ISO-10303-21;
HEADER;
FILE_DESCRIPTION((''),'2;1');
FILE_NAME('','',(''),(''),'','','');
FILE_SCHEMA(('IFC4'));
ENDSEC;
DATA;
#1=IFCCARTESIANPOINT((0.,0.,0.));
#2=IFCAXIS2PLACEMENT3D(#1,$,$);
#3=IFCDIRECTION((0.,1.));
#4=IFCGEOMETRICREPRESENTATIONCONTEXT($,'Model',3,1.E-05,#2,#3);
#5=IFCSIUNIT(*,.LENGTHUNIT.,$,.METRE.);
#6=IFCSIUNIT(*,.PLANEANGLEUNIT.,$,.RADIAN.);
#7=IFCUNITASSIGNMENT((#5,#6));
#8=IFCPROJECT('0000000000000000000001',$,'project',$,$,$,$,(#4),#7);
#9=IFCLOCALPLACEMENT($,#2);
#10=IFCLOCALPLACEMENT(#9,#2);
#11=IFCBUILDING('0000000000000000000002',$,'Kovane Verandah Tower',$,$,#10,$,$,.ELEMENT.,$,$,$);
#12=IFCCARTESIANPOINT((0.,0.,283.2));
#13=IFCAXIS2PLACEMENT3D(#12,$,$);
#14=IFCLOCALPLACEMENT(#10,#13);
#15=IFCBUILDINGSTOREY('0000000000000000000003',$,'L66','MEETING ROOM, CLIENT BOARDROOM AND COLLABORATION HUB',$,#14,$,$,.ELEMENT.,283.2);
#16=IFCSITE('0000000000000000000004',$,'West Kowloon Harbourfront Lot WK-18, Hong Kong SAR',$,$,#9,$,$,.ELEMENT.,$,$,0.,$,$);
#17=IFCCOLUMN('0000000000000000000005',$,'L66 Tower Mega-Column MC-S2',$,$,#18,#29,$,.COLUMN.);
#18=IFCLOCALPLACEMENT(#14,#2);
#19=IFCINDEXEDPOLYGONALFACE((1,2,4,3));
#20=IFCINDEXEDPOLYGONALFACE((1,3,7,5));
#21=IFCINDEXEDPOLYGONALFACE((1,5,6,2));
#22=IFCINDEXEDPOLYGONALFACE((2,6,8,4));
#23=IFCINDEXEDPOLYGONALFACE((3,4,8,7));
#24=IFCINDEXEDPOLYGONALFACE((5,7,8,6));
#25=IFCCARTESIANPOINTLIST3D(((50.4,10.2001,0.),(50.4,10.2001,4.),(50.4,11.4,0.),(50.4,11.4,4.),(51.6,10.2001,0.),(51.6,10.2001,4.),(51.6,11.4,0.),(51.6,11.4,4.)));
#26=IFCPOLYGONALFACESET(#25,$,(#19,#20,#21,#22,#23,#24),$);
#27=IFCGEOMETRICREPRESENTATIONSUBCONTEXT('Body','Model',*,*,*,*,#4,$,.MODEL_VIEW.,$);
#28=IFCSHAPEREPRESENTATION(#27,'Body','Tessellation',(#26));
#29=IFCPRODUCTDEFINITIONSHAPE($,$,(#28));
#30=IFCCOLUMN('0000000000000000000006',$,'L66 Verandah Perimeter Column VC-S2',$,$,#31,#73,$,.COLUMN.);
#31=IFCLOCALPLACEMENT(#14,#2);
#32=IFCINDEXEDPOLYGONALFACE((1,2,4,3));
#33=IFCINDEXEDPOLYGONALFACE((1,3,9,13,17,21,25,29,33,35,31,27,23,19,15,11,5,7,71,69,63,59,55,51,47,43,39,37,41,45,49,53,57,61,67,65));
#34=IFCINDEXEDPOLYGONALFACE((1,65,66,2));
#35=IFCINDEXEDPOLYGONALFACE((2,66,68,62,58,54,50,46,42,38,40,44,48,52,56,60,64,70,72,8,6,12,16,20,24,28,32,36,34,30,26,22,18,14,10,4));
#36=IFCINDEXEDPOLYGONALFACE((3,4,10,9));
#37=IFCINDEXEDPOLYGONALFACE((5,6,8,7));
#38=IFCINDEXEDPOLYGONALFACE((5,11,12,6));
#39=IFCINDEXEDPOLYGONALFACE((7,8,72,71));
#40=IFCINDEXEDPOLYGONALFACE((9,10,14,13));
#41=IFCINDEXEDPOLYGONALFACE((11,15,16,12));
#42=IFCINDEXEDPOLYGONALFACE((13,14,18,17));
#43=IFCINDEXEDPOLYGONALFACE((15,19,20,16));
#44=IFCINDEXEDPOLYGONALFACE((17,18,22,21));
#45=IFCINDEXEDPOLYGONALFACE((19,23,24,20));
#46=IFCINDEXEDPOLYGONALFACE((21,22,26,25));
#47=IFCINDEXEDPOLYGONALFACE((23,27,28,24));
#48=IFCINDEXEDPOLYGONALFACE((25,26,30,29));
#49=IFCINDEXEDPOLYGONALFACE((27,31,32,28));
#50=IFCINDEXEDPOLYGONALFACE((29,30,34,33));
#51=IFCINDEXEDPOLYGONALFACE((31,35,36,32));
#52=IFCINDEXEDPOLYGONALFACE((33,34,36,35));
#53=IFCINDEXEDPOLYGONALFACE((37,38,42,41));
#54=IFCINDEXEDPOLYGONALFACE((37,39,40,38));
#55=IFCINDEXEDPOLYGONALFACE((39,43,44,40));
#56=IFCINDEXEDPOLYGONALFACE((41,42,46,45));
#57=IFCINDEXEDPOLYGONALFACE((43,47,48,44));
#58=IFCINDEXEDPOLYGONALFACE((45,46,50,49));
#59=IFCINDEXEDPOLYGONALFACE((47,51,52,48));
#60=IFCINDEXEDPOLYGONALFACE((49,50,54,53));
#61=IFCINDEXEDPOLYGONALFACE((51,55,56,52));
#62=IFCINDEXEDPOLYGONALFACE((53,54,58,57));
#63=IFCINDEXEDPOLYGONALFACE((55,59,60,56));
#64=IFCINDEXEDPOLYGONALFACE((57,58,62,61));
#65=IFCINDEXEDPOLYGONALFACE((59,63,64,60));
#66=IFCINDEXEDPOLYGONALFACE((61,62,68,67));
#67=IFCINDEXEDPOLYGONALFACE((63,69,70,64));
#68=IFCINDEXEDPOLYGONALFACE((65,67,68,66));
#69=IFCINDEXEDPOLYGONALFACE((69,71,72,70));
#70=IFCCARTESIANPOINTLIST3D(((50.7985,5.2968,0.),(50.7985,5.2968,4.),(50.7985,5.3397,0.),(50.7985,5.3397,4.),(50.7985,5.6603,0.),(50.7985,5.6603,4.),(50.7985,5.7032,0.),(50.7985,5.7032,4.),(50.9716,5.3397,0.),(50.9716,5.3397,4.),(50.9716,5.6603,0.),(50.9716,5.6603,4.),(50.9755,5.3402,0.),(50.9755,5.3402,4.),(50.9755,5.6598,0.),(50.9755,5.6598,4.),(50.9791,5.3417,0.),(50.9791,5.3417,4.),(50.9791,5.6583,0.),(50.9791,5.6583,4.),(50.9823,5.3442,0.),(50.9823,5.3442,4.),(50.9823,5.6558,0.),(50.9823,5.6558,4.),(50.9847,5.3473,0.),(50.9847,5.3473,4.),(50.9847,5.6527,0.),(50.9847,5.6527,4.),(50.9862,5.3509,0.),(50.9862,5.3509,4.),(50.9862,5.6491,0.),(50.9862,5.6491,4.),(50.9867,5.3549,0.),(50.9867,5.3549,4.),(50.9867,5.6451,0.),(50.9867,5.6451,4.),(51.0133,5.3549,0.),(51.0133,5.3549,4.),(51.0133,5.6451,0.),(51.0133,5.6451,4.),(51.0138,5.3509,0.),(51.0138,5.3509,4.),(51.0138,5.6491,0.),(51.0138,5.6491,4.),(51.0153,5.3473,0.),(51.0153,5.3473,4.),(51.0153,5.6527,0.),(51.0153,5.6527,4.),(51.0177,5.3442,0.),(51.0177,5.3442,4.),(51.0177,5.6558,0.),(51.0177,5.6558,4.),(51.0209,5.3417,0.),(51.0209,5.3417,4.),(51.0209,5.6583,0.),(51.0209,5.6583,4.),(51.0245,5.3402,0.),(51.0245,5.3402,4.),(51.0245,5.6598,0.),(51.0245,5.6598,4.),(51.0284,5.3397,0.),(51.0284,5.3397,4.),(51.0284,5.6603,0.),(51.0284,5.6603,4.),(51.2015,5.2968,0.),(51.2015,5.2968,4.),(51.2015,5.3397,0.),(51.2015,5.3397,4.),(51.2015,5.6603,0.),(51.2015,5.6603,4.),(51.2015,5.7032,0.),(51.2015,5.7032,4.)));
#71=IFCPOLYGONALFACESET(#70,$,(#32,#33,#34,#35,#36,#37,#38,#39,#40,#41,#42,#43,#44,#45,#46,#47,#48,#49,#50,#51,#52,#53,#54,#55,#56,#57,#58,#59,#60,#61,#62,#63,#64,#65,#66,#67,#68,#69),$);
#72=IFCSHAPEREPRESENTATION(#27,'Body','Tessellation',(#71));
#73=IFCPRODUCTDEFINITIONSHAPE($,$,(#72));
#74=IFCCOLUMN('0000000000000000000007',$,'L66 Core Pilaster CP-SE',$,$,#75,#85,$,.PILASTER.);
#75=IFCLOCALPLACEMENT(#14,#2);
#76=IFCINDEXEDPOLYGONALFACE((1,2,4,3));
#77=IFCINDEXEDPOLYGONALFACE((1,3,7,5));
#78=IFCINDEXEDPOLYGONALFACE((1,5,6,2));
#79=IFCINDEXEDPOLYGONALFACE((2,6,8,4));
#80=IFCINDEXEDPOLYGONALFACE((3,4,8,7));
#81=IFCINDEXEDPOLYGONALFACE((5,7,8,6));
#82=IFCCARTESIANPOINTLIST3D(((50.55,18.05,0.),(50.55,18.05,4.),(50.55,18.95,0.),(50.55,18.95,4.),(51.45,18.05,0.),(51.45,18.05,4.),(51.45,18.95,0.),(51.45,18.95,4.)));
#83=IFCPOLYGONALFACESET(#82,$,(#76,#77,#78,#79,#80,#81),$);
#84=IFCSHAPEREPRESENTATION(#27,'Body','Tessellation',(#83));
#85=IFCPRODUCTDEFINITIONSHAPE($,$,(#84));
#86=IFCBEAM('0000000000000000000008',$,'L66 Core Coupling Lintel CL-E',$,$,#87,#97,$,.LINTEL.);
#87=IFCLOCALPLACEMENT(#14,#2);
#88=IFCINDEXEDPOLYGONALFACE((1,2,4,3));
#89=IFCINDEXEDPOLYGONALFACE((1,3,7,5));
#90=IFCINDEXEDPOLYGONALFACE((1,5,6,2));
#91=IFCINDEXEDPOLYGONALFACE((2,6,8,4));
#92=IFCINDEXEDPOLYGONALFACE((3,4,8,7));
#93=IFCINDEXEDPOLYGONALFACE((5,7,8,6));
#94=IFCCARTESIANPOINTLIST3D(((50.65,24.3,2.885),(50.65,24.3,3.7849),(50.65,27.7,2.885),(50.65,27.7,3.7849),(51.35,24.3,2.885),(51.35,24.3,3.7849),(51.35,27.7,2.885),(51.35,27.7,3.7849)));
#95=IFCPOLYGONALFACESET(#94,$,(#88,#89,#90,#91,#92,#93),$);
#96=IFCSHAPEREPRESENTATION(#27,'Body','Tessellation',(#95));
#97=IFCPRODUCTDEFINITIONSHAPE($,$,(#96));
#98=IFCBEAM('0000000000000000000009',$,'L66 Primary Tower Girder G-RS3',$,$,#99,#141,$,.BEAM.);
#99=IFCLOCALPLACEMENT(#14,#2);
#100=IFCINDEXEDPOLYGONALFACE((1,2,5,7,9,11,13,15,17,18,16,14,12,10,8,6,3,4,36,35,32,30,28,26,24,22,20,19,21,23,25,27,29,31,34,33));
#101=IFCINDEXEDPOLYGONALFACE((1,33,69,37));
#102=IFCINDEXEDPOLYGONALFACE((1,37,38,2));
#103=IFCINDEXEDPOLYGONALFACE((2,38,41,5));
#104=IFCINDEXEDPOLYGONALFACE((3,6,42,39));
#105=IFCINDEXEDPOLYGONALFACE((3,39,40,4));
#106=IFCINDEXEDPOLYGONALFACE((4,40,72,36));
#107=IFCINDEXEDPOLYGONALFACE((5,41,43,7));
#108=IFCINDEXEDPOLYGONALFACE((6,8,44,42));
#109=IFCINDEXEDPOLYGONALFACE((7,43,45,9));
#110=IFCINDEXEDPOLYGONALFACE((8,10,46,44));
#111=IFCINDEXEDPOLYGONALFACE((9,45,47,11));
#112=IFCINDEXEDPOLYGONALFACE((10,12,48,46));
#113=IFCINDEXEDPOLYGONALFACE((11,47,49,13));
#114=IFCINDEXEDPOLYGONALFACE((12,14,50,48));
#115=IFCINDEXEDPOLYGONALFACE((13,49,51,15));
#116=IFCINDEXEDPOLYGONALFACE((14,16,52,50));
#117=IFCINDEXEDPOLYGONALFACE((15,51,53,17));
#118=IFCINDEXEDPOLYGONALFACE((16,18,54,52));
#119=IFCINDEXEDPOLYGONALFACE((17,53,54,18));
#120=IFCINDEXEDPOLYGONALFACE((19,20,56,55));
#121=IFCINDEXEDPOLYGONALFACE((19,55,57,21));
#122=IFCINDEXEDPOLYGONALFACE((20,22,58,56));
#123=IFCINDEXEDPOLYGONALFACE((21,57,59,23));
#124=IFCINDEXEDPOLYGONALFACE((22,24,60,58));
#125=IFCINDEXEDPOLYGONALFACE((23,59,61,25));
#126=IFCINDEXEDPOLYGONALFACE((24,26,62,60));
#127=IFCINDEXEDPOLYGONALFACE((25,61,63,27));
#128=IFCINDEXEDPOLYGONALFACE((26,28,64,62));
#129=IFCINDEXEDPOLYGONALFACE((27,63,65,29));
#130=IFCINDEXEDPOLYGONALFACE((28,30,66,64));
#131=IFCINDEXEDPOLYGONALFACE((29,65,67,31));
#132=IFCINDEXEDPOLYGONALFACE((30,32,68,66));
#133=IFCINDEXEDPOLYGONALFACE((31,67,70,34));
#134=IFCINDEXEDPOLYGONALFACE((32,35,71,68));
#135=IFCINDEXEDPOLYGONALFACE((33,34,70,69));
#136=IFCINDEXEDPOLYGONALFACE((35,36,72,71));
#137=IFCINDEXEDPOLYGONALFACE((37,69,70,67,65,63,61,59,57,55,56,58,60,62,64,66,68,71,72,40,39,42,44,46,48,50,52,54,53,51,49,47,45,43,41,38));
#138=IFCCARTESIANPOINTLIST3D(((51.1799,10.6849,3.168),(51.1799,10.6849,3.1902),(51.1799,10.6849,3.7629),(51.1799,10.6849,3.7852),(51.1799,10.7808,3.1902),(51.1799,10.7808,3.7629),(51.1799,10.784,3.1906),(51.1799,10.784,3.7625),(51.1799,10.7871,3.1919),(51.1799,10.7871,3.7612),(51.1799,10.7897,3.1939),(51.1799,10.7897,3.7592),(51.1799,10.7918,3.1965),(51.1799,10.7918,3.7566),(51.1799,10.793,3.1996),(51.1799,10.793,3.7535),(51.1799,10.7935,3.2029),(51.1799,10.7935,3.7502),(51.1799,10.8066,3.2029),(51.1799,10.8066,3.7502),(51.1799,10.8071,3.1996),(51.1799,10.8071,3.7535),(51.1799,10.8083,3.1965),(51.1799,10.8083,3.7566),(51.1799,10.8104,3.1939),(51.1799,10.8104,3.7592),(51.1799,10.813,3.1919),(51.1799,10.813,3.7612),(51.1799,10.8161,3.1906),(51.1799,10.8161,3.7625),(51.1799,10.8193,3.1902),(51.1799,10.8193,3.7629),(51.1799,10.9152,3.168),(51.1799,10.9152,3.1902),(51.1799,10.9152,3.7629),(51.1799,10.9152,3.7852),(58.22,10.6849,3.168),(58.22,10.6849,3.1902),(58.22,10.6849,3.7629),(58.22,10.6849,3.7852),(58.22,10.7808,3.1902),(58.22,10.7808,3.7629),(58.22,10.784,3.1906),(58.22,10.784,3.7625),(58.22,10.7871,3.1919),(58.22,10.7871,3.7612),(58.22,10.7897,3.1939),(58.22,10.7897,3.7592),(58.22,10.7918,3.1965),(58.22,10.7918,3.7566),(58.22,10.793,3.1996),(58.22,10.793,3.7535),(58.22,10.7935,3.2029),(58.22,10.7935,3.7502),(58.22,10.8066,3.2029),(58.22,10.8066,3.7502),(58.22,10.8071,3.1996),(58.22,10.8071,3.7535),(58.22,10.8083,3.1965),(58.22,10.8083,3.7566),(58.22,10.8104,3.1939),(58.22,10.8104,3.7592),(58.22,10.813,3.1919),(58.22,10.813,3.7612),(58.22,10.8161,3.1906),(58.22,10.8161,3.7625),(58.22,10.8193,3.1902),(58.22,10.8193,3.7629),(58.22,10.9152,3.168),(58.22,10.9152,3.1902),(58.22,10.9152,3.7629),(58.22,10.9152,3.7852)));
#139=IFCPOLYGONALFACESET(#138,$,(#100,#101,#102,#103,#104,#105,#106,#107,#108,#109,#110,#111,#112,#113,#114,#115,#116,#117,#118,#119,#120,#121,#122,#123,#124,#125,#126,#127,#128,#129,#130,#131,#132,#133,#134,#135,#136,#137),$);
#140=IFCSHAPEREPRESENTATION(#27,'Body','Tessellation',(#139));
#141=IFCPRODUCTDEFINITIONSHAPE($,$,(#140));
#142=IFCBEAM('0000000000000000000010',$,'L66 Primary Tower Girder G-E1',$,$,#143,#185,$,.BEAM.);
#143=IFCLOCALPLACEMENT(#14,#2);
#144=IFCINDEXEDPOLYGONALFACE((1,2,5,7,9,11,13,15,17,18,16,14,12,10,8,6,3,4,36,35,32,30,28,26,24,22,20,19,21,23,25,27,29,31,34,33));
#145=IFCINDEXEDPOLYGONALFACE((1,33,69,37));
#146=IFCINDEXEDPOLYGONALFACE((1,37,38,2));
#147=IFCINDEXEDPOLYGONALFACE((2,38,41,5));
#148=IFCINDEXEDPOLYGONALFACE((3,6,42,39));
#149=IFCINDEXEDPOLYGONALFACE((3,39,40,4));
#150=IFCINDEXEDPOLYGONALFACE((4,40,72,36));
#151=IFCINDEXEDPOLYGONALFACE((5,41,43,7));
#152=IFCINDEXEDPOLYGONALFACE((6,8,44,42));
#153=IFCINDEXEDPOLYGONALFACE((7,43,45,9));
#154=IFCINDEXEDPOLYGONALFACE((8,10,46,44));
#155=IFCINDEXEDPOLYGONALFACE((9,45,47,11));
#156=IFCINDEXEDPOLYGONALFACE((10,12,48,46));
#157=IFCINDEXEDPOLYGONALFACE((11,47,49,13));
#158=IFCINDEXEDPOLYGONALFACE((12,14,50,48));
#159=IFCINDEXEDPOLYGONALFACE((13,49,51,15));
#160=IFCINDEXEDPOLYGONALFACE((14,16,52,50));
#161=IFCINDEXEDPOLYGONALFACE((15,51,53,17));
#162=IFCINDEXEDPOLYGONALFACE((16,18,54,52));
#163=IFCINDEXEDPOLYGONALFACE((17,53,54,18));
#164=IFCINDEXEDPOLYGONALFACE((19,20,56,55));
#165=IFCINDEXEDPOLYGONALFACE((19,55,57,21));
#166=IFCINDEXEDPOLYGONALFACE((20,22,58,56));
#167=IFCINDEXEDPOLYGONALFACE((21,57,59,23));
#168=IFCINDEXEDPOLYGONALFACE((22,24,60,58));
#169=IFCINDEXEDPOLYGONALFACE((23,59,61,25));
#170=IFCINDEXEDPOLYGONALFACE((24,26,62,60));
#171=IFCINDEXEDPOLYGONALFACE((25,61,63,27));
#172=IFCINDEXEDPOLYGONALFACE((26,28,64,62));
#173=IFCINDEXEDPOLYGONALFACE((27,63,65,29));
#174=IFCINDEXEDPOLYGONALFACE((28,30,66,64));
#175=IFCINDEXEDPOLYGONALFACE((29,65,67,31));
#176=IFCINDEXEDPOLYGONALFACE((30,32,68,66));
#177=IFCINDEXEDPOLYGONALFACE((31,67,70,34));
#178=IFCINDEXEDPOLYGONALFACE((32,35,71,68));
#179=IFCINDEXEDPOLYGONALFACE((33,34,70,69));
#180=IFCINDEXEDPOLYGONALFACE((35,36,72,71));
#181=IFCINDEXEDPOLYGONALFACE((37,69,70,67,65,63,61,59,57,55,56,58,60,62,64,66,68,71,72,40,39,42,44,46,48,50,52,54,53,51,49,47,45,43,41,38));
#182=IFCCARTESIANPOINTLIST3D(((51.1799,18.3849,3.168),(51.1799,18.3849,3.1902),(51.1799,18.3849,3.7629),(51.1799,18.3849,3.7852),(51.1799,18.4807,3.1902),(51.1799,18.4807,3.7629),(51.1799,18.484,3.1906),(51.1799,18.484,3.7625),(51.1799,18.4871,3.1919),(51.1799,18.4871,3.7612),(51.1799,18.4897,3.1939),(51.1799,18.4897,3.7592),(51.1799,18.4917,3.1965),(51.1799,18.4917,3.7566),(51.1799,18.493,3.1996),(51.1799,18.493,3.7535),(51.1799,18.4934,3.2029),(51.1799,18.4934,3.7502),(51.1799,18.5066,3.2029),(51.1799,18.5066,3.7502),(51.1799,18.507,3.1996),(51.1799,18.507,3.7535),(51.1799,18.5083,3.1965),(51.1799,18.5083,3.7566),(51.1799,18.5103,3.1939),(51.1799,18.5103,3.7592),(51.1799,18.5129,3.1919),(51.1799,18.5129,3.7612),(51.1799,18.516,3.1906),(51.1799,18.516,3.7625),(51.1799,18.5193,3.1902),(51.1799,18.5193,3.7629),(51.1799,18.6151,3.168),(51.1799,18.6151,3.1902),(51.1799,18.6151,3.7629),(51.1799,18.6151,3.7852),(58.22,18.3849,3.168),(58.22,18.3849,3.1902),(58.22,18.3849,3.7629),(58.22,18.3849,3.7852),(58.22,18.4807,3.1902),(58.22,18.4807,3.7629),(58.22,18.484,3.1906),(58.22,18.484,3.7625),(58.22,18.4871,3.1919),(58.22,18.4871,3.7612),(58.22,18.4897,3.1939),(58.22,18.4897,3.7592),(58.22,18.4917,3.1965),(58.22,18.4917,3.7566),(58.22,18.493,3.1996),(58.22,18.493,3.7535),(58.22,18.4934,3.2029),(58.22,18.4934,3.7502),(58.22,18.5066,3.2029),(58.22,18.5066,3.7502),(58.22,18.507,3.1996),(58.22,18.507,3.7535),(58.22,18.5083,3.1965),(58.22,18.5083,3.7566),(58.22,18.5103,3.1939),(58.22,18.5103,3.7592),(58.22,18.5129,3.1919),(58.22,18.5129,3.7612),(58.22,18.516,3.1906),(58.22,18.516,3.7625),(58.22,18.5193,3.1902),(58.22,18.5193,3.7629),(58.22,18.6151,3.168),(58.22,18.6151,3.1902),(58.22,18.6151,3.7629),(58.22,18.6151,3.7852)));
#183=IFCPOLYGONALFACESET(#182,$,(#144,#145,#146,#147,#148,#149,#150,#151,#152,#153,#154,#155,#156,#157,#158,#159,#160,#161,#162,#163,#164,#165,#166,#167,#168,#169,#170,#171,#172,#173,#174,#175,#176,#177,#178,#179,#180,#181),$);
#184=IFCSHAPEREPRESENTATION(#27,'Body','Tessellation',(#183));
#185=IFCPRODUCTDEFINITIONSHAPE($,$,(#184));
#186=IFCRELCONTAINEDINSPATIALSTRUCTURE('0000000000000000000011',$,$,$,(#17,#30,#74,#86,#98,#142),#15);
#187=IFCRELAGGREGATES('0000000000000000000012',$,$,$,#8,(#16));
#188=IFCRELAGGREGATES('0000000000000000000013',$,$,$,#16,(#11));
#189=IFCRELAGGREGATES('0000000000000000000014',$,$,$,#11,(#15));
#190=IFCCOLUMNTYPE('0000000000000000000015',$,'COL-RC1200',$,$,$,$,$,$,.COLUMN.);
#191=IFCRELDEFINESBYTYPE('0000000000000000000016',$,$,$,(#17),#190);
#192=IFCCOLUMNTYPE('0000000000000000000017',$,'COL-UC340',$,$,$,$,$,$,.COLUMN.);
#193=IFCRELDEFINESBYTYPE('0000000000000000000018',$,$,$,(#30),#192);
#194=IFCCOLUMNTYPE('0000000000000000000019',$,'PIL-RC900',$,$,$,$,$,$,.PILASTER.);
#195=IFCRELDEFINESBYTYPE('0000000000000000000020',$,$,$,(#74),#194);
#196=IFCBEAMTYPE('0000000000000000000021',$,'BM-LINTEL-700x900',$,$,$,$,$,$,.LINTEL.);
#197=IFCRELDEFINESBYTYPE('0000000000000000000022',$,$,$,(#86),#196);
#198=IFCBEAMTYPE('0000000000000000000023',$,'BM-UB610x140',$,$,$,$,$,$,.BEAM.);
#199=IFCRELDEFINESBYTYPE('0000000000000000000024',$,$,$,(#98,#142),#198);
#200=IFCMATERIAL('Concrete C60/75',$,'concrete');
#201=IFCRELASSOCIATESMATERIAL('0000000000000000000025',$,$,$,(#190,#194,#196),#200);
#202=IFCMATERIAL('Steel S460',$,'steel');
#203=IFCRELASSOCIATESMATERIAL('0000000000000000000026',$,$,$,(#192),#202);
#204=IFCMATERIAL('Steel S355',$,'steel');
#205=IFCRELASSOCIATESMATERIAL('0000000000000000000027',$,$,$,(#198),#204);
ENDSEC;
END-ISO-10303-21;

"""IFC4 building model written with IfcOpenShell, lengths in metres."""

from ifc_helpers import new_model, si_unit, direction, frame, origin, origin_2d, place, context, subcontext, project, spatial, rectangle, i_section, extrude, material, material_profile, profile_set, type_object, element, save


model = new_model("IFC4")

# Units and contexts
model_context = context("Model", 3, precision=1e-05, world=origin(), true_north=direction((0.0, 1.0)))
body_context = subcontext(model_context, "Body", "Model", "MODEL_VIEW")
ifc_project = project(units=[si_unit("LENGTHUNIT", "METRE"), si_unit("PLANEANGLEUNIT", "RADIAN")], contexts=[model_context])

# Site, building, storey
site_placement = place(None, origin())
site = spatial("IfcSite", under=ifc_project, at=site_placement, Name="West Kowloon Harbourfront Lot WK-18, Hong Kong SAR", CompositionType="ELEMENT", RefElevation=0.0)
building_placement = place(site_placement, origin())
building = spatial("IfcBuilding", under=site, at=building_placement, Name="Kovane Verandah Tower", CompositionType="ELEMENT")
storey_placement = place(building_placement, frame((0.0, 0.0, 283.2)))
storey = spatial("IfcBuildingStorey", under=building, at=storey_placement, Name="L66", Description="MEETING ROOM, CLIENT BOARDROOM AND COLLABORATION HUB", CompositionType="ELEMENT", Elevation=283.2)

# Columns
ifc_material_1 = material(Name="Concrete C60/75", Category="concrete")
ifc_material_profile_1 = material_profile(ifc_material_1, rectangle(XDim=1.2, YDim=1.2, at=origin_2d()), Name="RC1200x1200")
ifc_profile_set_1 = profile_set([ifc_material_profile_1], Name="Concrete C60/75")
column_type_1 = type_object("IfcColumnType", Name="COL-RC1200", PredefinedType="COLUMN", material=ifc_profile_set_1)
column_1_placement = place(storey_placement, frame((51.0, 10.8, 0.0), z_axis=(0.0, 0.0, 1.0), x_axis=(1.0, 0.0, 0.0)))
element("IfcColumn", 1, at=column_1_placement, inside=storey, type_object=column_type_1, Name="L66 Tower Mega-Column MC-S2", PredefinedType="COLUMN", context=body_context, shape_type="SweptSolid", body=[
    extrude(rectangle(XDim=1.2, YDim=1.2, at=origin_2d()), origin(), (0.0, 0.0, 1.0), 4.0),
])
ifc_material_2 = material(Name="Steel S460", Category="steel")
ifc_material_profile_2 = material_profile(ifc_material_2, i_section(OverallWidth=0.4031, OverallDepth=0.4065, WebThickness=0.0266, FlangeThickness=0.043, FilletRadius=0.0151, at=origin_2d()), Name="UC356x406x340")
ifc_profile_set_2 = profile_set([ifc_material_profile_2], Name="Steel S460")
column_type_2 = type_object("IfcColumnType", Name="COL-UC340", PredefinedType="COLUMN", material=ifc_profile_set_2)
column_2_placement = place(storey_placement, frame((51.0, 5.5, 0.0), z_axis=(0.0, 0.0, 1.0), x_axis=(1.0, 0.0, 0.0)))
element("IfcColumn", 2, at=column_2_placement, inside=storey, type_object=column_type_2, Name="L66 Verandah Perimeter Column VC-S2", PredefinedType="COLUMN", context=body_context, shape_type="SweptSolid", body=[
    extrude(i_section(OverallWidth=0.4031, OverallDepth=0.4065, WebThickness=0.0266, FlangeThickness=0.043, FilletRadius=0.0151, at=origin_2d()), origin(), (0.0, 0.0, 1.0), 4.0),
])
ifc_material_profile_3 = material_profile(ifc_material_1, rectangle(XDim=0.8999, YDim=0.8999, at=origin_2d()), Name="RC900x900")
ifc_profile_set_3 = profile_set([ifc_material_profile_3], Name="Concrete C60/75")
column_type_3 = type_object("IfcColumnType", Name="PIL-RC900", PredefinedType="PILASTER", material=ifc_profile_set_3)
column_3_placement = place(storey_placement, frame((51.0, 18.5, 0.0), z_axis=(0.0, 0.0, 1.0), x_axis=(1.0, 0.0, 0.0)))
element("IfcColumn", 3, at=column_3_placement, inside=storey, type_object=column_type_3, Name="L66 Core Pilaster CP-SE", PredefinedType="PILASTER", context=body_context, shape_type="SweptSolid", body=[
    extrude(rectangle(XDim=0.8999, YDim=0.8999, at=origin_2d()), origin(), (0.0, 0.0, 1.0), 4.0),
])

# Beams
ifc_material_profile_4 = material_profile(ifc_material_1, rectangle(XDim=0.7, YDim=0.8999, at=origin_2d()), Name="RCB700x900")
ifc_profile_set_4 = profile_set([ifc_material_profile_4], Name="Concrete C60/75")
beam_type_1 = type_object("IfcBeamType", Name="BM-LINTEL-700x900", PredefinedType="LINTEL", material=ifc_profile_set_4)
beam_1_placement = place(storey_placement, frame((51.0, 24.3, 3.335), z_axis=(0.0, 1.0, 0.0), x_axis=(-1.0, 0.0, 0.0)))
element("IfcBeam", 4, at=beam_1_placement, inside=storey, type_object=beam_type_1, Name="L66 Core Coupling Lintel CL-E", PredefinedType="LINTEL", context=body_context, shape_type="SweptSolid", body=[
    extrude(rectangle(XDim=0.7, YDim=0.8999, at=origin_2d()), origin(), (0.0, 0.0, 1.0), 3.3999),
])
ifc_material_3 = material(Name="Steel S355", Category="steel")
ifc_material_profile_5 = material_profile(ifc_material_3, i_section(OverallWidth=0.2302, OverallDepth=0.6172, WebThickness=0.0132, FlangeThickness=0.0222, FilletRadius=0.0127, at=origin_2d()), Name="UB610x229x140")
ifc_profile_set_5 = profile_set([ifc_material_profile_5], Name="Steel S355")
beam_type_2 = type_object("IfcBeamType", Name="BM-UB610x140", PredefinedType="BEAM", material=ifc_profile_set_5)
for number, where, z_axis, x_axis, name in (
    (5, (51.1799, 10.8, 3.4766), (1.0, 0.0, 0.0), (0.0, 1.0, 0.0), "L66 Primary Tower Girder G-RS3"),
    (6, (51.1799, 18.5, 3.4766), (1.0, 0.0, 0.0), (0.0, 1.0, 0.0), "L66 Primary Tower Girder G-E1"),
):
    element("IfcBeam", number, at=place(storey_placement, frame(where, z_axis=z_axis, x_axis=x_axis)), inside=storey, type_object=beam_type_2, Name=name, PredefinedType="BEAM", context=body_context, shape_type="SweptSolid", body=[
        extrude(i_section(OverallWidth=0.2302, OverallDepth=0.6172, WebThickness=0.0132, FlangeThickness=0.0222, FilletRadius=0.0127, at=origin_2d()), origin(), (0.0, 0.0, 1.0), 7.04),
    ])

save(model, "model.ifc")
